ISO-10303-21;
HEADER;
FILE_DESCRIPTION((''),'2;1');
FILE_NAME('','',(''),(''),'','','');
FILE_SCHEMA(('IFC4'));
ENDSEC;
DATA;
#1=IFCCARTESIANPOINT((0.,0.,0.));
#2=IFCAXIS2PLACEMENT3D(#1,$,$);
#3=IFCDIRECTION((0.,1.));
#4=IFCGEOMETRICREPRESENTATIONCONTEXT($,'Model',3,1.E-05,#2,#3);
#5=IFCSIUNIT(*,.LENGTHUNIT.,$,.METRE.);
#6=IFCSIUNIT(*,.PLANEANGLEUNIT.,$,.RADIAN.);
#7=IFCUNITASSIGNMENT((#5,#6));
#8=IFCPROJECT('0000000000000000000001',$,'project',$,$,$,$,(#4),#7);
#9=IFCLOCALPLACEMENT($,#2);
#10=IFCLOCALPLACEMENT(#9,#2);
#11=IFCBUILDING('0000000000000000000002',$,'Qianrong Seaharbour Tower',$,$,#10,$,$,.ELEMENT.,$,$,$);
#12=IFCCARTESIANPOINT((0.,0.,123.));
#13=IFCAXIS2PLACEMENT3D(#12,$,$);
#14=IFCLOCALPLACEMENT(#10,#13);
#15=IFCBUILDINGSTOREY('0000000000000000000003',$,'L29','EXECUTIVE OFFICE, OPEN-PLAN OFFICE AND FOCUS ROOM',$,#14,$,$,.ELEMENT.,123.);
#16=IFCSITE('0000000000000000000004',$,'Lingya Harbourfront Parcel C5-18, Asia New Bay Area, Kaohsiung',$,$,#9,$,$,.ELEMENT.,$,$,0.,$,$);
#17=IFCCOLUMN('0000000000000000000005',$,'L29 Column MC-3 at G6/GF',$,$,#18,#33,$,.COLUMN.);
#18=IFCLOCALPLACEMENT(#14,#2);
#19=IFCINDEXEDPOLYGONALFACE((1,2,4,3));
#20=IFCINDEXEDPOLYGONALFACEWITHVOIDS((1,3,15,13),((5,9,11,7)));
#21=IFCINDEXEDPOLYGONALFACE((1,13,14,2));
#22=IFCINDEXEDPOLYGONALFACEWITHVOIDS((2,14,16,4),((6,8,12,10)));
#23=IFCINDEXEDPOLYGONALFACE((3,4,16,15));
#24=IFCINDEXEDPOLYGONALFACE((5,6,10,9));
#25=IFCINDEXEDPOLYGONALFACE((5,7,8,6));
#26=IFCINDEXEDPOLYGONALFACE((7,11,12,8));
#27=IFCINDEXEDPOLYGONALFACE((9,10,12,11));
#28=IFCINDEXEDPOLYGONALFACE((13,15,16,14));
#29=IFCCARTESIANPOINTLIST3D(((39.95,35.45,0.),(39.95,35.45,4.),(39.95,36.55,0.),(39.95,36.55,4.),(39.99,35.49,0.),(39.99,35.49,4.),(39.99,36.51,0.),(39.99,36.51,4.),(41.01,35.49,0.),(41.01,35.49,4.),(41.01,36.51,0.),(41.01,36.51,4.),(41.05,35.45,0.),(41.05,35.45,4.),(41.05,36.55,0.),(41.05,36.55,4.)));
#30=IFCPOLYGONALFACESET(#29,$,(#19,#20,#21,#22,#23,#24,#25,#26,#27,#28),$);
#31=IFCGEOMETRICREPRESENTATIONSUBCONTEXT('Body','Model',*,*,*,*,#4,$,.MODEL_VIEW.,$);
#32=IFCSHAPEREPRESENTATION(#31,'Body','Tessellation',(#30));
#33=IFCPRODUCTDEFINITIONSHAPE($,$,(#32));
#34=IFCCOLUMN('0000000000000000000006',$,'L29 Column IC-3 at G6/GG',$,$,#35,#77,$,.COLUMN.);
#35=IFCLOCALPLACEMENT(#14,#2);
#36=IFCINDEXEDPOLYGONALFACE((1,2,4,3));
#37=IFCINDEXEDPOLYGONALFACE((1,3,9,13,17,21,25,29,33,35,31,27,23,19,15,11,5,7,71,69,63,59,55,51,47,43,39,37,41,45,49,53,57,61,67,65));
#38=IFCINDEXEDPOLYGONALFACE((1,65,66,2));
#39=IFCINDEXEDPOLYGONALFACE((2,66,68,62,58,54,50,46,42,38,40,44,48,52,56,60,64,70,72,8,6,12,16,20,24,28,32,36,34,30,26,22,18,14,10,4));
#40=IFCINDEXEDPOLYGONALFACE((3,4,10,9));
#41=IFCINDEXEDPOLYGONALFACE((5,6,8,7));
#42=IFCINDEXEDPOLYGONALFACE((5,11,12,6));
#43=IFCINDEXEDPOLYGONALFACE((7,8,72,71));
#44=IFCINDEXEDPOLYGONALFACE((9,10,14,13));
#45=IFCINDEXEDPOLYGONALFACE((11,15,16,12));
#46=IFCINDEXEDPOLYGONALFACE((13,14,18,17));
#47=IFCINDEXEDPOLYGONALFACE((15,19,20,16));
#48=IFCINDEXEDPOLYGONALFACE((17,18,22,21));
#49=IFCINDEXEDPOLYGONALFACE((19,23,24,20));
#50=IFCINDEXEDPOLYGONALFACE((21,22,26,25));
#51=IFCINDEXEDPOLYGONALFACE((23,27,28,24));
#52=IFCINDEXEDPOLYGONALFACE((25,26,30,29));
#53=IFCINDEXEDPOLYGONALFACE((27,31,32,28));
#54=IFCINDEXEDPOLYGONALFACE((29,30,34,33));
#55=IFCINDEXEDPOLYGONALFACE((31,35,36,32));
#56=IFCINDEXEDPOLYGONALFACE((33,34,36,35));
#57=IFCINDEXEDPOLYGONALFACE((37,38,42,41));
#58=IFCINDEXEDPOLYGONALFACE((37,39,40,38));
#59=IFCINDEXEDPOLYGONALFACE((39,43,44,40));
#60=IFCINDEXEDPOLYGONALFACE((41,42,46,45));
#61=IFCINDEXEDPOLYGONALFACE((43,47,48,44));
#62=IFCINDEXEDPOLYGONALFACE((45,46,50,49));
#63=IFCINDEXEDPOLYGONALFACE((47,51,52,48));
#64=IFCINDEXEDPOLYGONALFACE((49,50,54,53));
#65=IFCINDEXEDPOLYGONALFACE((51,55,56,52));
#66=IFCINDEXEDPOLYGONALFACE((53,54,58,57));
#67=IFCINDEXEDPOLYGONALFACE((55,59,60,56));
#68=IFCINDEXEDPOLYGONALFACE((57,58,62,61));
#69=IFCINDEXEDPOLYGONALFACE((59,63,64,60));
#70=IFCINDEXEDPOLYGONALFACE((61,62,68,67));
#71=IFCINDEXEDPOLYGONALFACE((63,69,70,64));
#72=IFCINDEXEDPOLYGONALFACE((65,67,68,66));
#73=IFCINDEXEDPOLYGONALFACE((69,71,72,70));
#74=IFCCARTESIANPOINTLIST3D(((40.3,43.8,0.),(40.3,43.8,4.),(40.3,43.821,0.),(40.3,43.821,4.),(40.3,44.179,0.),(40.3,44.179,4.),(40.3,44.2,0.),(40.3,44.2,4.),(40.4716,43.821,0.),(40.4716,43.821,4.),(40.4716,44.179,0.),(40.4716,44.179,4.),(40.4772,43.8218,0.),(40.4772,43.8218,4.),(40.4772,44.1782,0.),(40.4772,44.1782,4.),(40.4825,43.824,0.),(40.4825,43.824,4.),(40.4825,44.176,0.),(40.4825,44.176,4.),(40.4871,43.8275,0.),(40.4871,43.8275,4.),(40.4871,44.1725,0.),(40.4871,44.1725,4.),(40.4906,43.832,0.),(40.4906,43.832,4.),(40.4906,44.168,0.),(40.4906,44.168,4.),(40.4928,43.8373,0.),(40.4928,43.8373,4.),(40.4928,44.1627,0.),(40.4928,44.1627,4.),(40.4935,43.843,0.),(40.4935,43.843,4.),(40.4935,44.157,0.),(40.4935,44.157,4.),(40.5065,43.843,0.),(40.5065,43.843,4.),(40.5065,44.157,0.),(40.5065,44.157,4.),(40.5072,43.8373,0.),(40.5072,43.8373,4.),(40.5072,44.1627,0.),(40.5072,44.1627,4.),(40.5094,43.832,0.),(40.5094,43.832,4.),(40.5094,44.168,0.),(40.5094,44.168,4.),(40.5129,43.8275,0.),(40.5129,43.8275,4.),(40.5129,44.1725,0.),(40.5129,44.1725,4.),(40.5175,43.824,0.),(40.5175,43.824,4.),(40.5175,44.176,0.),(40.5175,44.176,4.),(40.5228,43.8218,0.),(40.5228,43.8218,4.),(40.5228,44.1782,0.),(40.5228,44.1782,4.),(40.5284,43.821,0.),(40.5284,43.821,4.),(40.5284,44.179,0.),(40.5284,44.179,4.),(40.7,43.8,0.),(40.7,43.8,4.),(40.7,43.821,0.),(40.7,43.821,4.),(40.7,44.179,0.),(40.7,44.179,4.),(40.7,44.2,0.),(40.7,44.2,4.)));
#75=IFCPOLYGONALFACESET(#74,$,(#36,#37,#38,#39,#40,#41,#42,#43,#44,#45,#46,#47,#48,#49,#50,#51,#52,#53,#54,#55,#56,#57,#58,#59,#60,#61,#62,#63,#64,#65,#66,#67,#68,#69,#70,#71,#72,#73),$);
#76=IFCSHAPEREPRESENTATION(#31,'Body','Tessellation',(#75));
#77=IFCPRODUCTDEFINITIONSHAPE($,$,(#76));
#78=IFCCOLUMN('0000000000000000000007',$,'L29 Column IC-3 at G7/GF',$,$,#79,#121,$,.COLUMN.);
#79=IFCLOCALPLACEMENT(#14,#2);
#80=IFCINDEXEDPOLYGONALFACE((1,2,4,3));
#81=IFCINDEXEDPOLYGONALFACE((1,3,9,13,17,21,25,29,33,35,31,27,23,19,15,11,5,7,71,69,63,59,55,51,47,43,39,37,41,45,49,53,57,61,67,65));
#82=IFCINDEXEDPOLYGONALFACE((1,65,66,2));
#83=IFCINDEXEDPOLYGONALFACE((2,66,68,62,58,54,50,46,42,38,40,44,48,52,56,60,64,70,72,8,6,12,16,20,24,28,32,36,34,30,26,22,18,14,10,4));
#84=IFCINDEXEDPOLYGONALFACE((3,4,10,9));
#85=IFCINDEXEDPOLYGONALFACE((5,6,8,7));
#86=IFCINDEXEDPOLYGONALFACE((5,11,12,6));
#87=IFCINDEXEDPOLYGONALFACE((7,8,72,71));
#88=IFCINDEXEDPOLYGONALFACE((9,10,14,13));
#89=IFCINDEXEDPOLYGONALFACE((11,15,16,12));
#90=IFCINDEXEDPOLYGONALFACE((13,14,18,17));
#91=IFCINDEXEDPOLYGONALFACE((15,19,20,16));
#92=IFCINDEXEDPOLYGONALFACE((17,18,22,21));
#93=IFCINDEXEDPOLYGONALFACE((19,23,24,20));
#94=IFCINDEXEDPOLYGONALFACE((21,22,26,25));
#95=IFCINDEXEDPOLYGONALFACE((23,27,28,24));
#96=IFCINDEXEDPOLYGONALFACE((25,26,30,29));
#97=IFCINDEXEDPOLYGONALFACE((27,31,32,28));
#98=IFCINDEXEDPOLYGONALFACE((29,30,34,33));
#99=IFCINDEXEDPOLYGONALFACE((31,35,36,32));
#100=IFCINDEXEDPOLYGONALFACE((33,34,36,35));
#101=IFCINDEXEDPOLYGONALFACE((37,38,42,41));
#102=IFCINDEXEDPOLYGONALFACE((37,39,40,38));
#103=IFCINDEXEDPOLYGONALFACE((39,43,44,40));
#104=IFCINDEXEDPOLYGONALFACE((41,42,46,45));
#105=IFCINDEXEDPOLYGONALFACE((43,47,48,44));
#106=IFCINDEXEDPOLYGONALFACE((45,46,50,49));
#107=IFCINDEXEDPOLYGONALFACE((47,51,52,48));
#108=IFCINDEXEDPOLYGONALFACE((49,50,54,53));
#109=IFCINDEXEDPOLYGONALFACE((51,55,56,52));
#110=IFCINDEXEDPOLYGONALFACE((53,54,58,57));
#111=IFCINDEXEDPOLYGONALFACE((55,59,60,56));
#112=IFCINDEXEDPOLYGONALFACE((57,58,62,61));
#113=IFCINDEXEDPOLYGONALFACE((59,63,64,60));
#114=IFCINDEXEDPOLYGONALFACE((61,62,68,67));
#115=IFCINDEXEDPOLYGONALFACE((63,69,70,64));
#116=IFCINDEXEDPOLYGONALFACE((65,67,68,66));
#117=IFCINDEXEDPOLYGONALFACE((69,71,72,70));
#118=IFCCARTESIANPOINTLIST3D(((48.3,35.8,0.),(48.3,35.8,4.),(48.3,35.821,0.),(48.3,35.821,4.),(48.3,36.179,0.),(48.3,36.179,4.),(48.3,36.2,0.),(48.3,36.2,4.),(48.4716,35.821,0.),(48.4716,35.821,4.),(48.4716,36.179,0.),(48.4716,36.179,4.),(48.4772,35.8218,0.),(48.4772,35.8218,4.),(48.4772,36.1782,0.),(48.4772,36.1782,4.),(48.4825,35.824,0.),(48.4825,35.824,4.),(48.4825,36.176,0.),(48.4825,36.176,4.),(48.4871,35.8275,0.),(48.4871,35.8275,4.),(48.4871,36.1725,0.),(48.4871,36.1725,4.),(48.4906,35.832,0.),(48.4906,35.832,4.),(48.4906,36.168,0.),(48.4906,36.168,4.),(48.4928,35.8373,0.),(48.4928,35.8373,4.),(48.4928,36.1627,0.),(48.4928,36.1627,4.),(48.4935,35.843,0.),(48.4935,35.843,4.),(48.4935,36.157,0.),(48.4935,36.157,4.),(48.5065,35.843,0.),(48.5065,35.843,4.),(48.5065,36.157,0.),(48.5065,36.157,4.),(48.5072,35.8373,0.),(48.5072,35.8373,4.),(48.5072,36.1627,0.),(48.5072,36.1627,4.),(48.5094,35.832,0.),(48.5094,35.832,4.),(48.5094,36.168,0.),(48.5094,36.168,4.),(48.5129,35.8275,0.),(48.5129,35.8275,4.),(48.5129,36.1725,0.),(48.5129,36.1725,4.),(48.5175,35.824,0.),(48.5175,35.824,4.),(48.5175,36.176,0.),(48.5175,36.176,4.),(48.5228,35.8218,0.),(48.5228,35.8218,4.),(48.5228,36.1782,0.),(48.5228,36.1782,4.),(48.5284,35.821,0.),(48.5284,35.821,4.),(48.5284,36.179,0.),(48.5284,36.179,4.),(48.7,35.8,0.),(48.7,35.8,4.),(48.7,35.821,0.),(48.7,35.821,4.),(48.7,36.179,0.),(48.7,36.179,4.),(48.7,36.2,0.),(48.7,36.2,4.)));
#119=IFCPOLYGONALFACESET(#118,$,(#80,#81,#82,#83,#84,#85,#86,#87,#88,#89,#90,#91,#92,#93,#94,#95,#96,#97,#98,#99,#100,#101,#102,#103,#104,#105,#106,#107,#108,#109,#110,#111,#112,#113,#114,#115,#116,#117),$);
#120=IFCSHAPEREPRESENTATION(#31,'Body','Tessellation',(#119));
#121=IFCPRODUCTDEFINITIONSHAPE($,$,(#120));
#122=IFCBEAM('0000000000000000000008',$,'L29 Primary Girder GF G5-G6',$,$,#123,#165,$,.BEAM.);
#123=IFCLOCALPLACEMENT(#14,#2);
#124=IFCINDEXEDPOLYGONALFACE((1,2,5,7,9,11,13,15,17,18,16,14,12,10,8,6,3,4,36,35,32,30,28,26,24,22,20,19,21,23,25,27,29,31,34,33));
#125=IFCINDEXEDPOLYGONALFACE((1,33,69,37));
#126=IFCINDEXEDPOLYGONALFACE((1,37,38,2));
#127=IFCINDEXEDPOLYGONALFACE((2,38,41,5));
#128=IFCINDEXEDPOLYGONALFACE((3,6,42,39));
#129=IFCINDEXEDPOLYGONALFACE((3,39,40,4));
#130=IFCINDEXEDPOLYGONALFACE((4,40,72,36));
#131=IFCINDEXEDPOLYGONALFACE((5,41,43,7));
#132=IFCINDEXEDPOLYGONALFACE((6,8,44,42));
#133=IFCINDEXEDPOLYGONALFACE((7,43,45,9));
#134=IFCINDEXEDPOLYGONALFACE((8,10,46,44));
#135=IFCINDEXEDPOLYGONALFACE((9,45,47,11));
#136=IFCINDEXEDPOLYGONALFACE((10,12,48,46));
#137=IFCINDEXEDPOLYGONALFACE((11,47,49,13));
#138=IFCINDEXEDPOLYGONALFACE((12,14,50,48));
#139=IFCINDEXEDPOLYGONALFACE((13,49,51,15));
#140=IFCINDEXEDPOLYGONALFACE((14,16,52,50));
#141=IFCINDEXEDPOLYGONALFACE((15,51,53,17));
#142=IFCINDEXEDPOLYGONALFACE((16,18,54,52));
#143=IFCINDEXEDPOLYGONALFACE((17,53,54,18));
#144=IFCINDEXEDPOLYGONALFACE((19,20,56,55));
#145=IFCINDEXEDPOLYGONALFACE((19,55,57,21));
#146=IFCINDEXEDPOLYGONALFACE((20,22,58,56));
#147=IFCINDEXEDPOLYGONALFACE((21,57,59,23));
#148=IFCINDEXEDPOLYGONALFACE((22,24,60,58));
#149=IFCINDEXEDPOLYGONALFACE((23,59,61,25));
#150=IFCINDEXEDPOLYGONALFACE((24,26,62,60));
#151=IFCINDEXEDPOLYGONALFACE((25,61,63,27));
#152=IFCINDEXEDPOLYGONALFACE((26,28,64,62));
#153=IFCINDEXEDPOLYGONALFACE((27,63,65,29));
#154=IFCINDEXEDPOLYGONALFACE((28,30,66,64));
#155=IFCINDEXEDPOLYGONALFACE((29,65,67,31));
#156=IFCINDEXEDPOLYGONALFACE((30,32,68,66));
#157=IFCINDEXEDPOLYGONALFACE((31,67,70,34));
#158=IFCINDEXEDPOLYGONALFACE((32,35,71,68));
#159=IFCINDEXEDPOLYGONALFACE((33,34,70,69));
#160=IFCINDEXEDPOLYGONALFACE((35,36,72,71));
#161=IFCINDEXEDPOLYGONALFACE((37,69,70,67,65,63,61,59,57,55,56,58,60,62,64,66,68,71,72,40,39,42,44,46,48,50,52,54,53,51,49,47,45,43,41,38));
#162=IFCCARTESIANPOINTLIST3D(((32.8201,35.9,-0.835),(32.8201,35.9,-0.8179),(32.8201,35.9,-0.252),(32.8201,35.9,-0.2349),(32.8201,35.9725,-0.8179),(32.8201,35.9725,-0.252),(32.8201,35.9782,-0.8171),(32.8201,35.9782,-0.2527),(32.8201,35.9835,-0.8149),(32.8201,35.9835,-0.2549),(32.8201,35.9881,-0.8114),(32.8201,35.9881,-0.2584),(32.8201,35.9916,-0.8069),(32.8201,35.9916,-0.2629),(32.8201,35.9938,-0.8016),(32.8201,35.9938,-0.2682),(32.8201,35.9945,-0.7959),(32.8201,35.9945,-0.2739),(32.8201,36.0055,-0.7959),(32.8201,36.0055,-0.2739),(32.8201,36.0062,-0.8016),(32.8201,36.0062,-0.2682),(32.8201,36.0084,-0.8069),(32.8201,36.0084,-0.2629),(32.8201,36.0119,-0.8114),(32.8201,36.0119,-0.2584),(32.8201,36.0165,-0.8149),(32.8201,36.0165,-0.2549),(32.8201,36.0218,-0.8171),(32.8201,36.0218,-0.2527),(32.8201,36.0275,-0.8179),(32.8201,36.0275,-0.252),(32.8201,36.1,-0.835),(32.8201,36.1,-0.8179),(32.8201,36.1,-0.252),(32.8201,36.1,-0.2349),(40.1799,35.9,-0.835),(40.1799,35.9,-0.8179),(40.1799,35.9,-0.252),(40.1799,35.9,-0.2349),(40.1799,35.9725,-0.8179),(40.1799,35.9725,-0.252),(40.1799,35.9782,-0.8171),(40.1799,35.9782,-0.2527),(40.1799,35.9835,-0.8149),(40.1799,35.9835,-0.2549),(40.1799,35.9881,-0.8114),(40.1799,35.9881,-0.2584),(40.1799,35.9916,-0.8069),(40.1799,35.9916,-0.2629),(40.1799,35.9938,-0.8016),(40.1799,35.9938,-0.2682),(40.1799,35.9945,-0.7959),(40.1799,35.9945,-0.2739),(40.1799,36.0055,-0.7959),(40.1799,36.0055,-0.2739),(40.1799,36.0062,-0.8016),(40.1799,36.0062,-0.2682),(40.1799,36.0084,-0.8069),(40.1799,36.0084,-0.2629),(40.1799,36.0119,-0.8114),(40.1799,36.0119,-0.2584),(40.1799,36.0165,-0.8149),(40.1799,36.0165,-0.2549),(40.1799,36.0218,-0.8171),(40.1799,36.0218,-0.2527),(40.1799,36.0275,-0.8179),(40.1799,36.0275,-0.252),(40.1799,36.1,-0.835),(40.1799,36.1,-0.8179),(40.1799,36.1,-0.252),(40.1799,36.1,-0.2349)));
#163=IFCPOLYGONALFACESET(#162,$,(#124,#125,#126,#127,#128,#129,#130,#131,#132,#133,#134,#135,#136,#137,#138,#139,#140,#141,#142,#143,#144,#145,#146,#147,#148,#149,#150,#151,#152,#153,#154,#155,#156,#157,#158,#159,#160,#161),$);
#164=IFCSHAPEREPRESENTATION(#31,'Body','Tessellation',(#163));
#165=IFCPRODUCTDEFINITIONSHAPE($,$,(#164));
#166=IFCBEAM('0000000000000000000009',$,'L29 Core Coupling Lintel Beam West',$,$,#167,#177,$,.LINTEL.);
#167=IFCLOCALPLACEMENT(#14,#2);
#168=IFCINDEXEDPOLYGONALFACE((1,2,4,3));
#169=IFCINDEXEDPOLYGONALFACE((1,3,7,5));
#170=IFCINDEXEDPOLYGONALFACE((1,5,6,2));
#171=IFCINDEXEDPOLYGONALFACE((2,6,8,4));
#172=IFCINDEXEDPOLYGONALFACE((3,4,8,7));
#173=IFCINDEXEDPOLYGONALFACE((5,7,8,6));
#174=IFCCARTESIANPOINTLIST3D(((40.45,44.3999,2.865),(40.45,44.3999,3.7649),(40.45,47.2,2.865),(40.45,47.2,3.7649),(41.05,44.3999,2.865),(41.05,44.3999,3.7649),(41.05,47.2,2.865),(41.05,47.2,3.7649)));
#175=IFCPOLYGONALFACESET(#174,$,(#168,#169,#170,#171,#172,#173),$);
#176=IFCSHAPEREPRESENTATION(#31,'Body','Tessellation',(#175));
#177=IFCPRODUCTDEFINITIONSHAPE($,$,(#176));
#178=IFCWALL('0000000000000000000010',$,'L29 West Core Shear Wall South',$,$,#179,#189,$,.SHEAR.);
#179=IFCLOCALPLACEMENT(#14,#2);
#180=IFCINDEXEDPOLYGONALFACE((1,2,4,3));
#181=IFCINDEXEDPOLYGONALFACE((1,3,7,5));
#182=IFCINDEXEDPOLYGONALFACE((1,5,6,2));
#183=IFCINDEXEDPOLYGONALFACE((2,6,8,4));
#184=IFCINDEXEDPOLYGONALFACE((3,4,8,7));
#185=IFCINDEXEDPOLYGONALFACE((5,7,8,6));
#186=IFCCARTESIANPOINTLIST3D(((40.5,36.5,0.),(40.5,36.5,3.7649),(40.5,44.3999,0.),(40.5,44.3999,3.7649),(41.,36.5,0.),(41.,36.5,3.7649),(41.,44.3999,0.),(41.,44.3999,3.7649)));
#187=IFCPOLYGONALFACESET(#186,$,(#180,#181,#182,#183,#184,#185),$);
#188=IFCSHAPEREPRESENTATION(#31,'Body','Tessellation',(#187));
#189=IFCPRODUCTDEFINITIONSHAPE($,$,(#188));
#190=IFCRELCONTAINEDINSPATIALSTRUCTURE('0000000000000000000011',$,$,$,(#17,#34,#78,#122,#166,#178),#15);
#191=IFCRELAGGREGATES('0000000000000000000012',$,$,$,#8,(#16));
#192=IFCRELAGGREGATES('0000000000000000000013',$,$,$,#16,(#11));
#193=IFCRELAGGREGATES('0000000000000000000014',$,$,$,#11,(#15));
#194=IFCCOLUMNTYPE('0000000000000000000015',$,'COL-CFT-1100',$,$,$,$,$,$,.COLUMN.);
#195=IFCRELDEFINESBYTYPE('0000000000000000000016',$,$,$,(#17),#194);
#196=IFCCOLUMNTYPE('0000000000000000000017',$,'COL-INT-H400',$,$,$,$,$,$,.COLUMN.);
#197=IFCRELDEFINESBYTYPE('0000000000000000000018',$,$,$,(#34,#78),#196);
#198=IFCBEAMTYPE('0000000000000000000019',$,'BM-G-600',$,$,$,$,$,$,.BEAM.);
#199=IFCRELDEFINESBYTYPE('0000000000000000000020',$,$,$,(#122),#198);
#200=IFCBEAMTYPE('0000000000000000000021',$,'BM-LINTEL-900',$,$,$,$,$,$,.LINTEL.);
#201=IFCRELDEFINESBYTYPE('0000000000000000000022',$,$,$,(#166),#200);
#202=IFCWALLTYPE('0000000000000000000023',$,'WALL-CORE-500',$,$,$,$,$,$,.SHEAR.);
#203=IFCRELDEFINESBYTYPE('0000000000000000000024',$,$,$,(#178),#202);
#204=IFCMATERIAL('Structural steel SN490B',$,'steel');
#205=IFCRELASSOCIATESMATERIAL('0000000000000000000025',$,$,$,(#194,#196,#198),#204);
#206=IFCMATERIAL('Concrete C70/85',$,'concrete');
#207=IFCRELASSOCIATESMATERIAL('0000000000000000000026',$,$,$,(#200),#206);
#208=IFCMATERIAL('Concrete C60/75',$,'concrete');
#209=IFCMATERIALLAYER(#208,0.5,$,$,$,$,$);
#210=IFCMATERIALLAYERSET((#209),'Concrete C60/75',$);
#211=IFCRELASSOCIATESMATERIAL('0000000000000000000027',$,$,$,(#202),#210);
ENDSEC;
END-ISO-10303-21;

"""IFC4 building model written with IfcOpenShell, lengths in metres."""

from ifc_helpers import new_model, si_unit, direction, frame, frame_2d, origin, origin_2d, place, context, subcontext, project, spatial, rectangle, hollow_rectangle, i_section, extrude, material, layer, layer_set, material_profile, profile_set, type_object, element, save


model = new_model("IFC4")

# Units and contexts
model_context = context("Model", 3, precision=1e-05, world=origin(), true_north=direction((0.0, 1.0)))
body_context = subcontext(model_context, "Body", "Model", "MODEL_VIEW")
ifc_project = project(units=[si_unit("LENGTHUNIT", "METRE"), si_unit("PLANEANGLEUNIT", "RADIAN")], contexts=[model_context])

# Site, building, storey
site_placement = place(None, origin())
site = spatial("IfcSite", under=ifc_project, at=site_placement, Name="Lingya Harbourfront Parcel C5-18, Asia New Bay Area, Kaohsiung", CompositionType="ELEMENT", RefElevation=0.0)
building_placement = place(site_placement, origin())
building = spatial("IfcBuilding", under=site, at=building_placement, Name="Qianrong Seaharbour Tower", CompositionType="ELEMENT")
storey_placement = place(building_placement, frame((0.0, 0.0, 123.0)))
storey = spatial("IfcBuildingStorey", under=building, at=storey_placement, Name="L29", Description="EXECUTIVE OFFICE, OPEN-PLAN OFFICE AND FOCUS ROOM", CompositionType="ELEMENT", Elevation=123.0)

# Columns
ifc_material_1 = material(Name="Structural steel SN490B", Category="steel")
ifc_material_profile_1 = material_profile(ifc_material_1, hollow_rectangle(XDim=1.1001, YDim=1.1001, WallThickness=0.04, at=origin_2d()), Name="BOX1100x1100x40")
ifc_profile_set_1 = profile_set([ifc_material_profile_1], Name="Structural steel SN490B")
column_type_1 = type_object("IfcColumnType", Name="COL-CFT-1100", PredefinedType="COLUMN", material=ifc_profile_set_1)
column_placement = place(storey_placement, frame((40.5, 36.0, 0.0), z_axis=(0.0, 0.0, 1.0), x_axis=(1.0, 0.0, 0.0)))
element("IfcColumn", 1, at=column_placement, inside=storey, type_object=column_type_1, Name="L29 Column MC-3 at G6/GF", PredefinedType="COLUMN", context=body_context, shape_type="SweptSolid", body=[
    extrude(hollow_rectangle(XDim=1.1001, YDim=1.1001, WallThickness=0.04, at=origin_2d()), origin(), (0.0, 0.0, 1.0), 4.0),
])
ifc_material_profile_2 = material_profile(ifc_material_1, i_section(OverallWidth=0.3999, OverallDepth=0.3999, WebThickness=0.0129, FlangeThickness=0.021, FilletRadius=0.022, at=origin_2d()), Name="H400x400x13x21")
ifc_profile_set_2 = profile_set([ifc_material_profile_2], Name="Structural steel SN490B")
column_type_2 = type_object("IfcColumnType", Name="COL-INT-H400", PredefinedType="COLUMN", material=ifc_profile_set_2)
for number, where, z_axis, x_axis, name in (
    (2, (40.5, 44.0, 0.0), (0.0, 0.0, 1.0), (1.0, 0.0, 0.0), "L29 Column IC-3 at G6/GG"),
    (3, (48.5, 36.0, 0.0), (0.0, 0.0, 1.0), (1.0, 0.0, 0.0), "L29 Column IC-3 at G7/GF"),
):
    element("IfcColumn", number, at=place(storey_placement, frame(where, z_axis=z_axis, x_axis=x_axis)), inside=storey, type_object=column_type_2, Name=name, PredefinedType="COLUMN", context=body_context, shape_type="SweptSolid", body=[
        extrude(i_section(OverallWidth=0.3999, OverallDepth=0.3999, WebThickness=0.0129, FlangeThickness=0.021, FilletRadius=0.022, at=origin_2d()), origin(), (0.0, 0.0, 1.0), 4.0),
    ])

# Beams
ifc_material_profile_3 = material_profile(ifc_material_1, i_section(OverallWidth=0.2, OverallDepth=0.6001, WebThickness=0.011, FlangeThickness=0.0171, FilletRadius=0.022, at=origin_2d()), Name="H600x200x11x17")
ifc_profile_set_3 = profile_set([ifc_material_profile_3], Name="Structural steel SN490B")
beam_type_1 = type_object("IfcBeamType", Name="BM-G-600", PredefinedType="BEAM", material=ifc_profile_set_3)
beam_1_placement = place(storey_placement, frame((32.8201, 36.0, -0.5349), z_axis=(1.0, 0.0, 0.0), x_axis=(0.0, 1.0, 0.0)))
element("IfcBeam", 4, at=beam_1_placement, inside=storey, type_object=beam_type_1, Name="L29 Primary Girder GF G5-G6", PredefinedType="BEAM", context=body_context, shape_type="SweptSolid", body=[
    extrude(i_section(OverallWidth=0.2, OverallDepth=0.6001, WebThickness=0.011, FlangeThickness=0.0171, FilletRadius=0.022, at=origin_2d()), origin(), (0.0, 0.0, 1.0), 7.3599),
])
ifc_material_2 = material(Name="Concrete C70/85", Category="concrete")
ifc_material_profile_4 = material_profile(ifc_material_2, rectangle(XDim=0.6001, YDim=0.8999, at=origin_2d()), Name="RC600x900")
ifc_profile_set_4 = profile_set([ifc_material_profile_4], Name="Concrete C70/85")
beam_type_2 = type_object("IfcBeamType", Name="BM-LINTEL-900", PredefinedType="LINTEL", material=ifc_profile_set_4)
beam_2_placement = place(storey_placement, frame((40.75, 44.3999, 3.3149), z_axis=(0.0, 1.0, 0.0), x_axis=(-1.0, 0.0, 0.0)))
element("IfcBeam", 5, at=beam_2_placement, inside=storey, type_object=beam_type_2, Name="L29 Core Coupling Lintel Beam West", PredefinedType="LINTEL", context=body_context, shape_type="SweptSolid", body=[
    extrude(rectangle(XDim=0.6001, YDim=0.8999, at=origin_2d()), origin(), (0.0, 0.0, 1.0), 2.8),
])

# Wall
ifc_material_3 = material(Name="Concrete C60/75", Category="concrete")
ifc_layer_1 = layer(ifc_material_3, 0.5)
ifc_layer_set_1 = layer_set([ifc_layer_1], Name="Concrete C60/75")
wall_type_1 = type_object("IfcWallType", Name="WALL-CORE-500", PredefinedType="SHEAR", material=ifc_layer_set_1)
wall_1_placement = place(storey_placement, frame((40.75, 36.5, 0.0), z_axis=(0.0, 0.0, 1.0), x_axis=(0.0, 1.0, 0.0)))
element("IfcWall", 6, at=wall_1_placement, inside=storey, type_object=wall_type_1, Name="L29 West Core Shear Wall South", PredefinedType="SHEAR", context=body_context, shape_type="SweptSolid", body=[
    extrude(rectangle(XDim=7.8999, YDim=0.5, at=frame_2d((3.95, 0.0))), origin(), (0.0, 0.0, 1.0), 3.7649),
])

save(model, "model.ifc")
